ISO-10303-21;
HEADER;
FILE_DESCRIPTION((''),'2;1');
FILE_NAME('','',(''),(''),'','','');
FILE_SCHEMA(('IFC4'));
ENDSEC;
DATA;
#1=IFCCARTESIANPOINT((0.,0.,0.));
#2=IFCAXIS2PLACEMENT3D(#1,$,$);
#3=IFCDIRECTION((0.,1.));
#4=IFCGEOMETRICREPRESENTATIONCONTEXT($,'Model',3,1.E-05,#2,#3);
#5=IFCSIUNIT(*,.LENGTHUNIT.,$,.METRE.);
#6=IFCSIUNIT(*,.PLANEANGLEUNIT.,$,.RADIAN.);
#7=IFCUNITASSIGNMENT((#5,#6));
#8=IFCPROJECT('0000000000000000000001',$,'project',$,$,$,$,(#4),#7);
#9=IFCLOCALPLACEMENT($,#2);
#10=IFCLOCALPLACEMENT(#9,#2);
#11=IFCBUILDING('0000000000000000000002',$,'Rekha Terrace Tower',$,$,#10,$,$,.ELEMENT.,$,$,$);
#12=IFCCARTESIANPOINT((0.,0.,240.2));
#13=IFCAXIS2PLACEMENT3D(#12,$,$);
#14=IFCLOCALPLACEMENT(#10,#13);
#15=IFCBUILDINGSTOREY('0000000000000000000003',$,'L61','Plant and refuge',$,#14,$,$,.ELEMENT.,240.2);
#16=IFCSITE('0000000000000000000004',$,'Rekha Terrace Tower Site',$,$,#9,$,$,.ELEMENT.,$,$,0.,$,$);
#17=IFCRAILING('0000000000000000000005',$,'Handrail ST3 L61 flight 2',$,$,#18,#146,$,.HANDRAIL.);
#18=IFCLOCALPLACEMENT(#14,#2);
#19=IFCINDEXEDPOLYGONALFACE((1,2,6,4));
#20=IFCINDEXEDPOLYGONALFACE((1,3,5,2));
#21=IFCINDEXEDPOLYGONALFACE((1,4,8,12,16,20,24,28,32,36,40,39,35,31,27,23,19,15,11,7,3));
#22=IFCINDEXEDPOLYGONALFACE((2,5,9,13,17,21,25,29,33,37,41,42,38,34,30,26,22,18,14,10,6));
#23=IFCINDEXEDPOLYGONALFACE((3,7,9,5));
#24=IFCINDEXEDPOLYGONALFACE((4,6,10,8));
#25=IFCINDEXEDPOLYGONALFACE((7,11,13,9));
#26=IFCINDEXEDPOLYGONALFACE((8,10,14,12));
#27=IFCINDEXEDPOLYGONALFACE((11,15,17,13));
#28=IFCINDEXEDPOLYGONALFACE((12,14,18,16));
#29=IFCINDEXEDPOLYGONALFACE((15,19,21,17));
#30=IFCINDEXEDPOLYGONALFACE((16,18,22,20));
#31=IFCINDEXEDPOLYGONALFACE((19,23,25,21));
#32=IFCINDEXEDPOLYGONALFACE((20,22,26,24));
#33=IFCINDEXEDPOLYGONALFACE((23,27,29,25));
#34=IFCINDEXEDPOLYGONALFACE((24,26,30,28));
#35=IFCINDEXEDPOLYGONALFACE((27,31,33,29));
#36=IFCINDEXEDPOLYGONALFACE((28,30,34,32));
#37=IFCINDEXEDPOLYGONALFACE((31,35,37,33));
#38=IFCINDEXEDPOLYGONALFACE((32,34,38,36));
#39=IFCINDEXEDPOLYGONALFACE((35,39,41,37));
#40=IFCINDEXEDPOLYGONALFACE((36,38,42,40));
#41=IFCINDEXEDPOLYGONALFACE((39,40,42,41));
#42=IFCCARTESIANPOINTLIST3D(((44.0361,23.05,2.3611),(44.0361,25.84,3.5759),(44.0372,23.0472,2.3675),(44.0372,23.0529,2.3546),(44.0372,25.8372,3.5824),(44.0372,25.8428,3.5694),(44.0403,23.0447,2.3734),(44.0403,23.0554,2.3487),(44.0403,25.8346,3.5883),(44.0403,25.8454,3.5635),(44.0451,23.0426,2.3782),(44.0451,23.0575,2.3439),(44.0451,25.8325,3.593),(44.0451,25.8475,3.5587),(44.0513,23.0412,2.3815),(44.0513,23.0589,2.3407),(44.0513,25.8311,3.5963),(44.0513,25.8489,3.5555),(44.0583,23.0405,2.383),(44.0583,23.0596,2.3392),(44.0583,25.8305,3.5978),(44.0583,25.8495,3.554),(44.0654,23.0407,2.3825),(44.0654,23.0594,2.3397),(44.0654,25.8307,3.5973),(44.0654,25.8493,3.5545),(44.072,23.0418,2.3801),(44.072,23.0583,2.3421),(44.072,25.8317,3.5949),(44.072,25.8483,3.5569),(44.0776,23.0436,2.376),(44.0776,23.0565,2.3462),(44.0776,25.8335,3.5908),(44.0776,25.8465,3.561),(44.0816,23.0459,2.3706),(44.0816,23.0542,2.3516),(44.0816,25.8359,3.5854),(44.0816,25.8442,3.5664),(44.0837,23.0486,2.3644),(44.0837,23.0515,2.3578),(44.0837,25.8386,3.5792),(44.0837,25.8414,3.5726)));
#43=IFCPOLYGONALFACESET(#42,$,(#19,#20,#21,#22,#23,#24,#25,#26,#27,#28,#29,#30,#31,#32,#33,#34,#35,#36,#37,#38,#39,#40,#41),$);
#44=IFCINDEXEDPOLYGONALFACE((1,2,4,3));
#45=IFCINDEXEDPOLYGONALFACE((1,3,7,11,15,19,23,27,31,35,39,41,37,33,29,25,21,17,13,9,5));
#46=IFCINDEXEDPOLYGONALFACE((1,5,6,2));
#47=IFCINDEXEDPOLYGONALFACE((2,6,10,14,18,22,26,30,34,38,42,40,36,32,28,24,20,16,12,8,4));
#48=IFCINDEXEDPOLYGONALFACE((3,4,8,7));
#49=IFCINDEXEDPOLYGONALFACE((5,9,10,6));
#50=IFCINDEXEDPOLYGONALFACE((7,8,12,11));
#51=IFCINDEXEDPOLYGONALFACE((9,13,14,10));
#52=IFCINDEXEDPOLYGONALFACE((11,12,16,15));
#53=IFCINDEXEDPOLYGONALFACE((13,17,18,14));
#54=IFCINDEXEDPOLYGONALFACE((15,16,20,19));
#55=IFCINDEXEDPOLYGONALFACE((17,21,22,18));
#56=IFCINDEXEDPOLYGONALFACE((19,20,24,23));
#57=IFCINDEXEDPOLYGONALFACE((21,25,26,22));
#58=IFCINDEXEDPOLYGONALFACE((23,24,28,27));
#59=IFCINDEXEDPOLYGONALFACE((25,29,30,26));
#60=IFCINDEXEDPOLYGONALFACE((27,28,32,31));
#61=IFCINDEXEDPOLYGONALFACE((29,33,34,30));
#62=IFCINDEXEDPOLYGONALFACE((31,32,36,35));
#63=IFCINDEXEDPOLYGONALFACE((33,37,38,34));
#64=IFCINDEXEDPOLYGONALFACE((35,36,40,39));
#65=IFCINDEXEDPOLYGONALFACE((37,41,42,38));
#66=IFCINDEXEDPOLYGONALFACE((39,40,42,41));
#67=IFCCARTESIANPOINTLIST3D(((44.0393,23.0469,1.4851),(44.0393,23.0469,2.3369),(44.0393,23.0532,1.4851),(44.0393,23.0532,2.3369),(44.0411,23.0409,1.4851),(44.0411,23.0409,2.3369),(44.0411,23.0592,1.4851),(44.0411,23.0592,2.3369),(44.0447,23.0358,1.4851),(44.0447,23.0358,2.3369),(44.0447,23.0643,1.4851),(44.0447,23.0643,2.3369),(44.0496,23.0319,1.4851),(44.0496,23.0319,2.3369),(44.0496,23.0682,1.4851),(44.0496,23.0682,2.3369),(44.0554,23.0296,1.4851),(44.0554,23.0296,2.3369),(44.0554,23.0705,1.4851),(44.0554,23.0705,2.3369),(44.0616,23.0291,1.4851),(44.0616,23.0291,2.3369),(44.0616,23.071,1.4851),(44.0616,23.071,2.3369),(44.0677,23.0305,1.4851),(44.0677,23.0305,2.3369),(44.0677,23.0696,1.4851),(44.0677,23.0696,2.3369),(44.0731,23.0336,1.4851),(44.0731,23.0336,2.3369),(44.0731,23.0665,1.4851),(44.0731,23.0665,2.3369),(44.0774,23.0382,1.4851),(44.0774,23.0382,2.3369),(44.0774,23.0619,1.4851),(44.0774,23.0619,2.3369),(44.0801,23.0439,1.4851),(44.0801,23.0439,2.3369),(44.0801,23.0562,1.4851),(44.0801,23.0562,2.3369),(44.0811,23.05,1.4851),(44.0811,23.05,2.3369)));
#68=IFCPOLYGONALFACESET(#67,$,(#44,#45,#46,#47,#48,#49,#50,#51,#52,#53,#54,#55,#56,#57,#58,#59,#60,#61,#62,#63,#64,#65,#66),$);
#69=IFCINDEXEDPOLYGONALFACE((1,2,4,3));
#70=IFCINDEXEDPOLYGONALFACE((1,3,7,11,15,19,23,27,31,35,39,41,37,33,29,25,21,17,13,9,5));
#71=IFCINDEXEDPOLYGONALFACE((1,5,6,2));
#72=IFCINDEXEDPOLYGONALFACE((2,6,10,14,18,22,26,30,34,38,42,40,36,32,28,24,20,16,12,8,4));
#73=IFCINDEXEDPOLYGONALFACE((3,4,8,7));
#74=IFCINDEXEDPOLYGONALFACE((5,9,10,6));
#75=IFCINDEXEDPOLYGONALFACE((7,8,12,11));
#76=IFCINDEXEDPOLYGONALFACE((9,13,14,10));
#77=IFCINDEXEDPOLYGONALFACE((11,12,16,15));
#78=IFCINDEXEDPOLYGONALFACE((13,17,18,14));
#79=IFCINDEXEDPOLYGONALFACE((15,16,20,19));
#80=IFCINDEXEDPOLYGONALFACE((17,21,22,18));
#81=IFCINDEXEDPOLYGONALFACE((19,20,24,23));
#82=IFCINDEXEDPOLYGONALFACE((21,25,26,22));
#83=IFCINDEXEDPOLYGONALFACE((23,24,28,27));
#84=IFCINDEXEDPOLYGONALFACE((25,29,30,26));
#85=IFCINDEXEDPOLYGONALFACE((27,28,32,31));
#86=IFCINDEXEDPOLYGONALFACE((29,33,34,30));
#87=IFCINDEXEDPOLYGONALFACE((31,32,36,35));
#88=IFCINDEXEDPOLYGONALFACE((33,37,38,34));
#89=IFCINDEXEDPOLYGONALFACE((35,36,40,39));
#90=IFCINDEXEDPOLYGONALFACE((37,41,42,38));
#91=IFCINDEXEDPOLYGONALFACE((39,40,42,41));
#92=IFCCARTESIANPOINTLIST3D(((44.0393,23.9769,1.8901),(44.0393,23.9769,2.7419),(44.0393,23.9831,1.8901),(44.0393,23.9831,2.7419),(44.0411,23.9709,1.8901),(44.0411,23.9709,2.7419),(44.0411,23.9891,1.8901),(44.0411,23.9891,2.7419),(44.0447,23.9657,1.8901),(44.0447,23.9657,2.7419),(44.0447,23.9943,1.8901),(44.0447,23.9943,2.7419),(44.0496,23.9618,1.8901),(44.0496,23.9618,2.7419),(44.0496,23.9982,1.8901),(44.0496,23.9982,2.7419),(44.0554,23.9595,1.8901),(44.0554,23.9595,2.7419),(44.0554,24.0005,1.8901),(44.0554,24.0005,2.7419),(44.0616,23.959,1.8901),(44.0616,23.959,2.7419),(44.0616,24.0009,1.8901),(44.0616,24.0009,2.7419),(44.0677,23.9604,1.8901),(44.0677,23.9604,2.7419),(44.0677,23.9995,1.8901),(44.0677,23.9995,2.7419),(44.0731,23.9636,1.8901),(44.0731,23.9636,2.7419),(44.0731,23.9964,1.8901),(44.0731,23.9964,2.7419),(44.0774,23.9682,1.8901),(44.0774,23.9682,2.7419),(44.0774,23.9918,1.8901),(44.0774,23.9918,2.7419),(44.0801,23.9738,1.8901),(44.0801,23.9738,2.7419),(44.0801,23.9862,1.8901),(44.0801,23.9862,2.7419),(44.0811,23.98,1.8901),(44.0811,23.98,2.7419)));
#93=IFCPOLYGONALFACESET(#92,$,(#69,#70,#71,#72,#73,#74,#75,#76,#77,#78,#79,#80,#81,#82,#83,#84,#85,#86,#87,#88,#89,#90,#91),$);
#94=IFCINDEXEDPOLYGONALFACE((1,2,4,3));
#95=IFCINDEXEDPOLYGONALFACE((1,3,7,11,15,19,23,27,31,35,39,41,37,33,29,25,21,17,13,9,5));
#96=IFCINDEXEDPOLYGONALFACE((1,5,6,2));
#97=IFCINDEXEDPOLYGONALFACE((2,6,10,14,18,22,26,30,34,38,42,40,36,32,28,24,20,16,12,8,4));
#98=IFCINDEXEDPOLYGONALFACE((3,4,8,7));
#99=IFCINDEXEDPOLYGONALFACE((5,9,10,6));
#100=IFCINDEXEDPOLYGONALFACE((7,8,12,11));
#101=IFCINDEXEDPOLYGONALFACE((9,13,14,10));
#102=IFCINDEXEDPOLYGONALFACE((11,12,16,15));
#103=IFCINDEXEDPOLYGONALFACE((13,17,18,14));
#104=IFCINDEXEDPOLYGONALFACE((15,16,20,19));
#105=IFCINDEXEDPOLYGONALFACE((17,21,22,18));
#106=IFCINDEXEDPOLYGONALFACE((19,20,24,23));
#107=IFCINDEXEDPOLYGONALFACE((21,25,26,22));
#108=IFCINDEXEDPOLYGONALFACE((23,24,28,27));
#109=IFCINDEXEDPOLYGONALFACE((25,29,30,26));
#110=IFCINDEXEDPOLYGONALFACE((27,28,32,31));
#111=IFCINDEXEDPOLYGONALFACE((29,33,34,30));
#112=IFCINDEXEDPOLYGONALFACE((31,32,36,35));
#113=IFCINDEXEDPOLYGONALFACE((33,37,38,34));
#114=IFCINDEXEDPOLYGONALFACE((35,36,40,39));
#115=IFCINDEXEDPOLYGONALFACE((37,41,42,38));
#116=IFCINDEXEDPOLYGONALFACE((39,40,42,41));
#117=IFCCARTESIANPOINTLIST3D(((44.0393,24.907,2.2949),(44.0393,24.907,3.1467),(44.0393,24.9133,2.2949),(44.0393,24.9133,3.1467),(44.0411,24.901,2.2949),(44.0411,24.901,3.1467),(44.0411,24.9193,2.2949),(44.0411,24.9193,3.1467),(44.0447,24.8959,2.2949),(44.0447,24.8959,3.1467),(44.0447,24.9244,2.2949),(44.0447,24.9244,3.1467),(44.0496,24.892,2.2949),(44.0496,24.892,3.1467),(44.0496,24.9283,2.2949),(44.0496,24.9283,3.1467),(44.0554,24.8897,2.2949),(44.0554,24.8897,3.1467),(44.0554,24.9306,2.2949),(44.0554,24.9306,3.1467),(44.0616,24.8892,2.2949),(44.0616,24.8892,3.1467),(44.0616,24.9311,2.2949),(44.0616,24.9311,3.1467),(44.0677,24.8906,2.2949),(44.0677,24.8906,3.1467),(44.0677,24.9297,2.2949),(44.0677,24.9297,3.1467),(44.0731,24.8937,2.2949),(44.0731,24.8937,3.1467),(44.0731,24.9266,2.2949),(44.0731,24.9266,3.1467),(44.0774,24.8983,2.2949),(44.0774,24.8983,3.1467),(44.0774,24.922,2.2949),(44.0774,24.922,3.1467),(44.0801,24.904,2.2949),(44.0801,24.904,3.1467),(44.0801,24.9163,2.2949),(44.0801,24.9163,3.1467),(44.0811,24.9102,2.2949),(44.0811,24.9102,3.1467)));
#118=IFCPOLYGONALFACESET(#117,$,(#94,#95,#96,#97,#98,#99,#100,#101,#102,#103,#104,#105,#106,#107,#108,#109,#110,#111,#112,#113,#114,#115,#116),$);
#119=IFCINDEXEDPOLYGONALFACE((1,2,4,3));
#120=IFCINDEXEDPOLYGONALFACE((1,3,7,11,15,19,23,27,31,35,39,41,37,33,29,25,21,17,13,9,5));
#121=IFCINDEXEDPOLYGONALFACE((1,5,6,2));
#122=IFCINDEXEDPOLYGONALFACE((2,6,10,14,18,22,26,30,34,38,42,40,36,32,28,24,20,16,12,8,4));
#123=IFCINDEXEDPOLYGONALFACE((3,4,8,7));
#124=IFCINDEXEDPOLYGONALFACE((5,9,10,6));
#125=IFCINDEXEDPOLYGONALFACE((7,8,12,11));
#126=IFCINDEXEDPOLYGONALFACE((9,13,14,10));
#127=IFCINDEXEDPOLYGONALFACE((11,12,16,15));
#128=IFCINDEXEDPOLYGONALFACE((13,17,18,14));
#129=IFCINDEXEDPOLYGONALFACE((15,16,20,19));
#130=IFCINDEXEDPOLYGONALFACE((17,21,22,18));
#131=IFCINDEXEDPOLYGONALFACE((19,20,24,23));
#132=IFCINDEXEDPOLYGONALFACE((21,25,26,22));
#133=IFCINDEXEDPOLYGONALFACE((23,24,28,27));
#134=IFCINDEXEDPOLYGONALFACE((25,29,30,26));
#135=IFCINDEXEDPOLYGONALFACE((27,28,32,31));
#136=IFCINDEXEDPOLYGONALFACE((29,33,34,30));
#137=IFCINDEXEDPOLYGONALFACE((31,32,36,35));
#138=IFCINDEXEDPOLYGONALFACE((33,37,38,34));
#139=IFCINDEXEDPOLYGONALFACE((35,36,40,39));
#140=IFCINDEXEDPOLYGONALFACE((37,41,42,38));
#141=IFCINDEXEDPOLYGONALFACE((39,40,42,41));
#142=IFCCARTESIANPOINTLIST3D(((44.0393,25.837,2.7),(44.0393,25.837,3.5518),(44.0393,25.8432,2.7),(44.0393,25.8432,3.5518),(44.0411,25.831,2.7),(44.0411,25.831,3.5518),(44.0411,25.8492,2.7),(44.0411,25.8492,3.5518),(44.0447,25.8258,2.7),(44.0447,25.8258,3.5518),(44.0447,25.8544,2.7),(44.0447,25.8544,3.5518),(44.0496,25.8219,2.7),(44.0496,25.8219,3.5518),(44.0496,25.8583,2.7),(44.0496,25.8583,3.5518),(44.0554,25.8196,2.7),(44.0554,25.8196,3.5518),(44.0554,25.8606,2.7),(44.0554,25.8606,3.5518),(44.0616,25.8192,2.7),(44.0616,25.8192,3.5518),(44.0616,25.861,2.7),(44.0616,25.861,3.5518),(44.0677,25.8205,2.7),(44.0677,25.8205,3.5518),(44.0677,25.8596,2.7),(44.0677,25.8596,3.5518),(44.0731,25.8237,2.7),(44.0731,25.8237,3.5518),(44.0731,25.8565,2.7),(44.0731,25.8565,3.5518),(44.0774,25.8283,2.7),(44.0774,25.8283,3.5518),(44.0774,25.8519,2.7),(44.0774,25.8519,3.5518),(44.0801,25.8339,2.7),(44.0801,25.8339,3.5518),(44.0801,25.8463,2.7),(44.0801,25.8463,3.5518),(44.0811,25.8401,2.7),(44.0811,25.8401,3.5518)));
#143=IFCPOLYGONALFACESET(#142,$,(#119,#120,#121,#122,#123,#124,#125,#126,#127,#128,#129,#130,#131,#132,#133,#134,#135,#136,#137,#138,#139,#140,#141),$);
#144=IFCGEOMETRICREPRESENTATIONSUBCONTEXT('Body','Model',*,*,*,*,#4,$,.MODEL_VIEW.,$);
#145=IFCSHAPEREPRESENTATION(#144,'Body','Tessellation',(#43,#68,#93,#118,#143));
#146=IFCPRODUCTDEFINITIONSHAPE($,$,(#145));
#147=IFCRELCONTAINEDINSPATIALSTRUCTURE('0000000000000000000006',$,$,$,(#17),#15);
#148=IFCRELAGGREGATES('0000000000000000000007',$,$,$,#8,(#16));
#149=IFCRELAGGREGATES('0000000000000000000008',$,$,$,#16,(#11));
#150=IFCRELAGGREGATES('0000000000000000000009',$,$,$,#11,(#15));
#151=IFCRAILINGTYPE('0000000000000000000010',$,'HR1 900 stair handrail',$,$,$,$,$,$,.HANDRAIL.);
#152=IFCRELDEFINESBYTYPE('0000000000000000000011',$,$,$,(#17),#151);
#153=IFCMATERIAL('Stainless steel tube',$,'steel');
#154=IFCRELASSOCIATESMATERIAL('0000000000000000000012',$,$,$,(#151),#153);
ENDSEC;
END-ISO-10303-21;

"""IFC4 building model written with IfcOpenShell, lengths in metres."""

from ifc_helpers import new_model, si_unit, direction, frame, origin, origin_2d, place, context, subcontext, project, spatial, circle, extrude, material, type_object, element, save


model = new_model("IFC4")

# Units and contexts
model_context = context("Model", 3, precision=1e-05, world=origin(), true_north=direction((0.0, 1.0)))
body_context = subcontext(model_context, "Body", "Model", "MODEL_VIEW")
ifc_project = project(units=[si_unit("LENGTHUNIT", "METRE"), si_unit("PLANEANGLEUNIT", "RADIAN")], contexts=[model_context])

# Site, building, storey
site_placement = place(None, origin())
site = spatial("IfcSite", under=ifc_project, at=site_placement, Name="Rekha Terrace Tower Site", CompositionType="ELEMENT", RefElevation=0.0)
building_placement = place(site_placement, origin())
building = spatial("IfcBuilding", under=site, at=building_placement, Name="Rekha Terrace Tower", CompositionType="ELEMENT")
storey_placement = place(building_placement, frame((0.0, 0.0, 240.2)))
storey = spatial("IfcBuildingStorey", under=building, at=storey_placement, Name="L61", Description="Plant and refuge", CompositionType="ELEMENT", Elevation=240.2)

# Railing
ifc_material_1 = material(Name="Stainless steel tube", Category="steel")
railing_type_1 = type_object("IfcRailingType", Name="HR1 900 stair handrail", PredefinedType="HANDRAIL", material=ifc_material_1)
railing_1_placement = place(storey_placement, frame((44.0601, 23.05, 1.4851)))
element("IfcRailing", 1, at=railing_1_placement, inside=storey, type_object=railing_type_1, Name="Handrail ST3 L61 flight 2", PredefinedType="HANDRAIL", context=body_context, shape_type="SweptSolid", body=[
    extrude(circle(Radius=0.0239, at=origin_2d()), frame((0.0, 0.0, 0.876), z_axis=(0.0, 0.916856, 0.399219), x_axis=(-1.0, 0.0, 0.0)), (0.0, 0.0, 1.0), 3.043),
    extrude(circle(Radius=0.021, at=origin_2d()), origin(), (0.0, 0.0, 1.0), 0.8518),
    extrude(circle(Radius=0.021, at=origin_2d()), frame((0.0, 0.9299, 0.405)), (0.0, 0.0, 1.0), 0.8518),
    extrude(circle(Radius=0.021, at=origin_2d()), frame((0.0, 1.8601, 0.8098)), (0.0, 0.0, 1.0), 0.8518),
    extrude(circle(Radius=0.021, at=origin_2d()), frame((0.0, 2.79, 1.2148)), (0.0, 0.0, 1.0), 0.8518),
])

save(model, "model.ifc")
